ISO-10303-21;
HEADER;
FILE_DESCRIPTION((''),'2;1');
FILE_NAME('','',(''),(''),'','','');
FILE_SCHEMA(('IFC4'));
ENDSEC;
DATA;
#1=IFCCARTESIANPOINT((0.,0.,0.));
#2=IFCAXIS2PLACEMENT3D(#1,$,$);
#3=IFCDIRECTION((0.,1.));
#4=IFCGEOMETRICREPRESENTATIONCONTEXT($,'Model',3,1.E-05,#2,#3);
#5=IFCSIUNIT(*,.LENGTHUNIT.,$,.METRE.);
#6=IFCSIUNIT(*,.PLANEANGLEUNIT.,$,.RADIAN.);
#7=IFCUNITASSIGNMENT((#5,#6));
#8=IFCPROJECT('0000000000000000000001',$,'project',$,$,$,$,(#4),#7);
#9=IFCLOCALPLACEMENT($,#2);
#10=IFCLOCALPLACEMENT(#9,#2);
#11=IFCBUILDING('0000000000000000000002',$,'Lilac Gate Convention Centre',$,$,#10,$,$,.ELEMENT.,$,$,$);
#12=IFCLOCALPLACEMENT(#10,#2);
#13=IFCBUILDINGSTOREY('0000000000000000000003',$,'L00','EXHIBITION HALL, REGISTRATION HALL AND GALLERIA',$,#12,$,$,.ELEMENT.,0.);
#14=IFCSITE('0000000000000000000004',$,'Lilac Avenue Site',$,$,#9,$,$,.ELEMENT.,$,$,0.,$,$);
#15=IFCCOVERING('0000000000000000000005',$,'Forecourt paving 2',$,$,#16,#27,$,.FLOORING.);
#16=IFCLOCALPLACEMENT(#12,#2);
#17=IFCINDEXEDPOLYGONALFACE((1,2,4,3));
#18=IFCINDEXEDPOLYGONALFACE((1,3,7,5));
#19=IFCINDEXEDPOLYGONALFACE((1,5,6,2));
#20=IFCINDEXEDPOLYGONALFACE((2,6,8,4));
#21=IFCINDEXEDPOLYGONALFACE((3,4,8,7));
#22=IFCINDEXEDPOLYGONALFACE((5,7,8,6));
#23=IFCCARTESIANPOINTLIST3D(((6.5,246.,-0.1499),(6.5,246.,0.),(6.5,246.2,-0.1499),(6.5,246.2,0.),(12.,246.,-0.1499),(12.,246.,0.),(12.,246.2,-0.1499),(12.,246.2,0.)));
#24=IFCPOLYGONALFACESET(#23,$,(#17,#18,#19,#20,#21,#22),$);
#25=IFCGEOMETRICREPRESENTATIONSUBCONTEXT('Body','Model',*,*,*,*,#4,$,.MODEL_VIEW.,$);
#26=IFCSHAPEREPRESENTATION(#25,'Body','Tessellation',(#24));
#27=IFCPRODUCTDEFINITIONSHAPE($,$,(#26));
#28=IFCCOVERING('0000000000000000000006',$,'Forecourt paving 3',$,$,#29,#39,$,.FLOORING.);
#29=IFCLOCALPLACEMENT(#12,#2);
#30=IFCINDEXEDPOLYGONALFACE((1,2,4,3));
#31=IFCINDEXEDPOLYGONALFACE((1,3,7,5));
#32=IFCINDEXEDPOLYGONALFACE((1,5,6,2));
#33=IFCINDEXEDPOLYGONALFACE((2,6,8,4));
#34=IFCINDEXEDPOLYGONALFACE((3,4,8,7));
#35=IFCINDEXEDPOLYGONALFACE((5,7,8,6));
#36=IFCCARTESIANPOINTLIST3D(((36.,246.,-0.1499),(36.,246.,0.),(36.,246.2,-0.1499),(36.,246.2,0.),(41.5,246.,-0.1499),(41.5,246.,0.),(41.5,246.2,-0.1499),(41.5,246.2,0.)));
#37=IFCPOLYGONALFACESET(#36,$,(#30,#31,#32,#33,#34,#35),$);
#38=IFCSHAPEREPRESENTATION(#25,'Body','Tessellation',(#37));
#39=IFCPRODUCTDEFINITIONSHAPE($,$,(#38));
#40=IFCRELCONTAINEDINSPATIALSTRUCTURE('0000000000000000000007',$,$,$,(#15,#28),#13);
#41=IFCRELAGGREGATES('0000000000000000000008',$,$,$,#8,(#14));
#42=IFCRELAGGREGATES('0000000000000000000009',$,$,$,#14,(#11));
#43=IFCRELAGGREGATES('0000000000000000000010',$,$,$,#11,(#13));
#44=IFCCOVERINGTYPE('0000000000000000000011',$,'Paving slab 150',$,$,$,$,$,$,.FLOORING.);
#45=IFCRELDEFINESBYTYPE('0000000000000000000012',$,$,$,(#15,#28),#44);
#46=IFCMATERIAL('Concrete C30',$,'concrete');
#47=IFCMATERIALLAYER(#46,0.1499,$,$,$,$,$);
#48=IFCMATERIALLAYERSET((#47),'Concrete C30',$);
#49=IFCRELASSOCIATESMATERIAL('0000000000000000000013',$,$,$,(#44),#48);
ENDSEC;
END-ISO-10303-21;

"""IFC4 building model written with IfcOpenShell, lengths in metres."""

from ifc_helpers import new_model, si_unit, direction, frame, origin, place, context, subcontext, project, spatial, polyline, outline, extrude, material, layer, layer_set, type_object, element, save


model = new_model("IFC4")

# Units and contexts
model_context = context("Model", 3, precision=1e-05, world=origin(), true_north=direction((0.0, 1.0)))
body_context = subcontext(model_context, "Body", "Model", "MODEL_VIEW")
ifc_project = project(units=[si_unit("LENGTHUNIT", "METRE"), si_unit("PLANEANGLEUNIT", "RADIAN")], contexts=[model_context])

# Site, building, storey
site_placement = place(None, origin())
site = spatial("IfcSite", under=ifc_project, at=site_placement, Name="Lilac Avenue Site", CompositionType="ELEMENT", RefElevation=0.0)
building_placement = place(site_placement, origin())
building = spatial("IfcBuilding", under=site, at=building_placement, Name="Lilac Gate Convention Centre", CompositionType="ELEMENT")
storey_placement = place(building_placement, origin())
storey = spatial("IfcBuildingStorey", under=building, at=storey_placement, Name="L00", Description="EXHIBITION HALL, REGISTRATION HALL AND GALLERIA", CompositionType="ELEMENT", Elevation=0.0)

# Shared definitions
ifc_material_1 = material(Name="Concrete C30", Category="concrete")

# Coverings
ifc_layer_1 = layer(ifc_material_1, 0.1499)
ifc_layer_set_1 = layer_set([ifc_layer_1], Name="Concrete C30")
covering_type = type_object("IfcCoveringType", Name="Paving slab 150", PredefinedType="FLOORING", material=ifc_layer_set_1)
covering_1_placement = place(storey_placement, frame((0.0, 0.0, -0.1499)))
element("IfcCovering", 1, at=covering_1_placement, inside=storey, type_object=covering_type, Name="Forecourt paving 2", PredefinedType="FLOORING", context=body_context, shape_type="SweptSolid", body=[
    extrude(outline(polyline([(6.5, 246.0), (6.5, 246.2), (12.0, 246.2), (12.0, 246.0), (6.5, 246.0)])), origin(), (0.0, 0.0, 1.0), 0.1499),
])
covering_2_placement = place(storey_placement, frame((0.0, 0.0, -0.1499)))
element("IfcCovering", 2, at=covering_2_placement, inside=storey, type_object=covering_type, Name="Forecourt paving 3", PredefinedType="FLOORING", context=body_context, shape_type="SweptSolid", body=[
    extrude(outline(polyline([(36.0, 246.0), (36.0, 246.2), (41.5, 246.2), (41.5, 246.0), (36.0, 246.0)])), origin(), (0.0, 0.0, 1.0), 0.1499),
])

save(model, "model.ifc")
